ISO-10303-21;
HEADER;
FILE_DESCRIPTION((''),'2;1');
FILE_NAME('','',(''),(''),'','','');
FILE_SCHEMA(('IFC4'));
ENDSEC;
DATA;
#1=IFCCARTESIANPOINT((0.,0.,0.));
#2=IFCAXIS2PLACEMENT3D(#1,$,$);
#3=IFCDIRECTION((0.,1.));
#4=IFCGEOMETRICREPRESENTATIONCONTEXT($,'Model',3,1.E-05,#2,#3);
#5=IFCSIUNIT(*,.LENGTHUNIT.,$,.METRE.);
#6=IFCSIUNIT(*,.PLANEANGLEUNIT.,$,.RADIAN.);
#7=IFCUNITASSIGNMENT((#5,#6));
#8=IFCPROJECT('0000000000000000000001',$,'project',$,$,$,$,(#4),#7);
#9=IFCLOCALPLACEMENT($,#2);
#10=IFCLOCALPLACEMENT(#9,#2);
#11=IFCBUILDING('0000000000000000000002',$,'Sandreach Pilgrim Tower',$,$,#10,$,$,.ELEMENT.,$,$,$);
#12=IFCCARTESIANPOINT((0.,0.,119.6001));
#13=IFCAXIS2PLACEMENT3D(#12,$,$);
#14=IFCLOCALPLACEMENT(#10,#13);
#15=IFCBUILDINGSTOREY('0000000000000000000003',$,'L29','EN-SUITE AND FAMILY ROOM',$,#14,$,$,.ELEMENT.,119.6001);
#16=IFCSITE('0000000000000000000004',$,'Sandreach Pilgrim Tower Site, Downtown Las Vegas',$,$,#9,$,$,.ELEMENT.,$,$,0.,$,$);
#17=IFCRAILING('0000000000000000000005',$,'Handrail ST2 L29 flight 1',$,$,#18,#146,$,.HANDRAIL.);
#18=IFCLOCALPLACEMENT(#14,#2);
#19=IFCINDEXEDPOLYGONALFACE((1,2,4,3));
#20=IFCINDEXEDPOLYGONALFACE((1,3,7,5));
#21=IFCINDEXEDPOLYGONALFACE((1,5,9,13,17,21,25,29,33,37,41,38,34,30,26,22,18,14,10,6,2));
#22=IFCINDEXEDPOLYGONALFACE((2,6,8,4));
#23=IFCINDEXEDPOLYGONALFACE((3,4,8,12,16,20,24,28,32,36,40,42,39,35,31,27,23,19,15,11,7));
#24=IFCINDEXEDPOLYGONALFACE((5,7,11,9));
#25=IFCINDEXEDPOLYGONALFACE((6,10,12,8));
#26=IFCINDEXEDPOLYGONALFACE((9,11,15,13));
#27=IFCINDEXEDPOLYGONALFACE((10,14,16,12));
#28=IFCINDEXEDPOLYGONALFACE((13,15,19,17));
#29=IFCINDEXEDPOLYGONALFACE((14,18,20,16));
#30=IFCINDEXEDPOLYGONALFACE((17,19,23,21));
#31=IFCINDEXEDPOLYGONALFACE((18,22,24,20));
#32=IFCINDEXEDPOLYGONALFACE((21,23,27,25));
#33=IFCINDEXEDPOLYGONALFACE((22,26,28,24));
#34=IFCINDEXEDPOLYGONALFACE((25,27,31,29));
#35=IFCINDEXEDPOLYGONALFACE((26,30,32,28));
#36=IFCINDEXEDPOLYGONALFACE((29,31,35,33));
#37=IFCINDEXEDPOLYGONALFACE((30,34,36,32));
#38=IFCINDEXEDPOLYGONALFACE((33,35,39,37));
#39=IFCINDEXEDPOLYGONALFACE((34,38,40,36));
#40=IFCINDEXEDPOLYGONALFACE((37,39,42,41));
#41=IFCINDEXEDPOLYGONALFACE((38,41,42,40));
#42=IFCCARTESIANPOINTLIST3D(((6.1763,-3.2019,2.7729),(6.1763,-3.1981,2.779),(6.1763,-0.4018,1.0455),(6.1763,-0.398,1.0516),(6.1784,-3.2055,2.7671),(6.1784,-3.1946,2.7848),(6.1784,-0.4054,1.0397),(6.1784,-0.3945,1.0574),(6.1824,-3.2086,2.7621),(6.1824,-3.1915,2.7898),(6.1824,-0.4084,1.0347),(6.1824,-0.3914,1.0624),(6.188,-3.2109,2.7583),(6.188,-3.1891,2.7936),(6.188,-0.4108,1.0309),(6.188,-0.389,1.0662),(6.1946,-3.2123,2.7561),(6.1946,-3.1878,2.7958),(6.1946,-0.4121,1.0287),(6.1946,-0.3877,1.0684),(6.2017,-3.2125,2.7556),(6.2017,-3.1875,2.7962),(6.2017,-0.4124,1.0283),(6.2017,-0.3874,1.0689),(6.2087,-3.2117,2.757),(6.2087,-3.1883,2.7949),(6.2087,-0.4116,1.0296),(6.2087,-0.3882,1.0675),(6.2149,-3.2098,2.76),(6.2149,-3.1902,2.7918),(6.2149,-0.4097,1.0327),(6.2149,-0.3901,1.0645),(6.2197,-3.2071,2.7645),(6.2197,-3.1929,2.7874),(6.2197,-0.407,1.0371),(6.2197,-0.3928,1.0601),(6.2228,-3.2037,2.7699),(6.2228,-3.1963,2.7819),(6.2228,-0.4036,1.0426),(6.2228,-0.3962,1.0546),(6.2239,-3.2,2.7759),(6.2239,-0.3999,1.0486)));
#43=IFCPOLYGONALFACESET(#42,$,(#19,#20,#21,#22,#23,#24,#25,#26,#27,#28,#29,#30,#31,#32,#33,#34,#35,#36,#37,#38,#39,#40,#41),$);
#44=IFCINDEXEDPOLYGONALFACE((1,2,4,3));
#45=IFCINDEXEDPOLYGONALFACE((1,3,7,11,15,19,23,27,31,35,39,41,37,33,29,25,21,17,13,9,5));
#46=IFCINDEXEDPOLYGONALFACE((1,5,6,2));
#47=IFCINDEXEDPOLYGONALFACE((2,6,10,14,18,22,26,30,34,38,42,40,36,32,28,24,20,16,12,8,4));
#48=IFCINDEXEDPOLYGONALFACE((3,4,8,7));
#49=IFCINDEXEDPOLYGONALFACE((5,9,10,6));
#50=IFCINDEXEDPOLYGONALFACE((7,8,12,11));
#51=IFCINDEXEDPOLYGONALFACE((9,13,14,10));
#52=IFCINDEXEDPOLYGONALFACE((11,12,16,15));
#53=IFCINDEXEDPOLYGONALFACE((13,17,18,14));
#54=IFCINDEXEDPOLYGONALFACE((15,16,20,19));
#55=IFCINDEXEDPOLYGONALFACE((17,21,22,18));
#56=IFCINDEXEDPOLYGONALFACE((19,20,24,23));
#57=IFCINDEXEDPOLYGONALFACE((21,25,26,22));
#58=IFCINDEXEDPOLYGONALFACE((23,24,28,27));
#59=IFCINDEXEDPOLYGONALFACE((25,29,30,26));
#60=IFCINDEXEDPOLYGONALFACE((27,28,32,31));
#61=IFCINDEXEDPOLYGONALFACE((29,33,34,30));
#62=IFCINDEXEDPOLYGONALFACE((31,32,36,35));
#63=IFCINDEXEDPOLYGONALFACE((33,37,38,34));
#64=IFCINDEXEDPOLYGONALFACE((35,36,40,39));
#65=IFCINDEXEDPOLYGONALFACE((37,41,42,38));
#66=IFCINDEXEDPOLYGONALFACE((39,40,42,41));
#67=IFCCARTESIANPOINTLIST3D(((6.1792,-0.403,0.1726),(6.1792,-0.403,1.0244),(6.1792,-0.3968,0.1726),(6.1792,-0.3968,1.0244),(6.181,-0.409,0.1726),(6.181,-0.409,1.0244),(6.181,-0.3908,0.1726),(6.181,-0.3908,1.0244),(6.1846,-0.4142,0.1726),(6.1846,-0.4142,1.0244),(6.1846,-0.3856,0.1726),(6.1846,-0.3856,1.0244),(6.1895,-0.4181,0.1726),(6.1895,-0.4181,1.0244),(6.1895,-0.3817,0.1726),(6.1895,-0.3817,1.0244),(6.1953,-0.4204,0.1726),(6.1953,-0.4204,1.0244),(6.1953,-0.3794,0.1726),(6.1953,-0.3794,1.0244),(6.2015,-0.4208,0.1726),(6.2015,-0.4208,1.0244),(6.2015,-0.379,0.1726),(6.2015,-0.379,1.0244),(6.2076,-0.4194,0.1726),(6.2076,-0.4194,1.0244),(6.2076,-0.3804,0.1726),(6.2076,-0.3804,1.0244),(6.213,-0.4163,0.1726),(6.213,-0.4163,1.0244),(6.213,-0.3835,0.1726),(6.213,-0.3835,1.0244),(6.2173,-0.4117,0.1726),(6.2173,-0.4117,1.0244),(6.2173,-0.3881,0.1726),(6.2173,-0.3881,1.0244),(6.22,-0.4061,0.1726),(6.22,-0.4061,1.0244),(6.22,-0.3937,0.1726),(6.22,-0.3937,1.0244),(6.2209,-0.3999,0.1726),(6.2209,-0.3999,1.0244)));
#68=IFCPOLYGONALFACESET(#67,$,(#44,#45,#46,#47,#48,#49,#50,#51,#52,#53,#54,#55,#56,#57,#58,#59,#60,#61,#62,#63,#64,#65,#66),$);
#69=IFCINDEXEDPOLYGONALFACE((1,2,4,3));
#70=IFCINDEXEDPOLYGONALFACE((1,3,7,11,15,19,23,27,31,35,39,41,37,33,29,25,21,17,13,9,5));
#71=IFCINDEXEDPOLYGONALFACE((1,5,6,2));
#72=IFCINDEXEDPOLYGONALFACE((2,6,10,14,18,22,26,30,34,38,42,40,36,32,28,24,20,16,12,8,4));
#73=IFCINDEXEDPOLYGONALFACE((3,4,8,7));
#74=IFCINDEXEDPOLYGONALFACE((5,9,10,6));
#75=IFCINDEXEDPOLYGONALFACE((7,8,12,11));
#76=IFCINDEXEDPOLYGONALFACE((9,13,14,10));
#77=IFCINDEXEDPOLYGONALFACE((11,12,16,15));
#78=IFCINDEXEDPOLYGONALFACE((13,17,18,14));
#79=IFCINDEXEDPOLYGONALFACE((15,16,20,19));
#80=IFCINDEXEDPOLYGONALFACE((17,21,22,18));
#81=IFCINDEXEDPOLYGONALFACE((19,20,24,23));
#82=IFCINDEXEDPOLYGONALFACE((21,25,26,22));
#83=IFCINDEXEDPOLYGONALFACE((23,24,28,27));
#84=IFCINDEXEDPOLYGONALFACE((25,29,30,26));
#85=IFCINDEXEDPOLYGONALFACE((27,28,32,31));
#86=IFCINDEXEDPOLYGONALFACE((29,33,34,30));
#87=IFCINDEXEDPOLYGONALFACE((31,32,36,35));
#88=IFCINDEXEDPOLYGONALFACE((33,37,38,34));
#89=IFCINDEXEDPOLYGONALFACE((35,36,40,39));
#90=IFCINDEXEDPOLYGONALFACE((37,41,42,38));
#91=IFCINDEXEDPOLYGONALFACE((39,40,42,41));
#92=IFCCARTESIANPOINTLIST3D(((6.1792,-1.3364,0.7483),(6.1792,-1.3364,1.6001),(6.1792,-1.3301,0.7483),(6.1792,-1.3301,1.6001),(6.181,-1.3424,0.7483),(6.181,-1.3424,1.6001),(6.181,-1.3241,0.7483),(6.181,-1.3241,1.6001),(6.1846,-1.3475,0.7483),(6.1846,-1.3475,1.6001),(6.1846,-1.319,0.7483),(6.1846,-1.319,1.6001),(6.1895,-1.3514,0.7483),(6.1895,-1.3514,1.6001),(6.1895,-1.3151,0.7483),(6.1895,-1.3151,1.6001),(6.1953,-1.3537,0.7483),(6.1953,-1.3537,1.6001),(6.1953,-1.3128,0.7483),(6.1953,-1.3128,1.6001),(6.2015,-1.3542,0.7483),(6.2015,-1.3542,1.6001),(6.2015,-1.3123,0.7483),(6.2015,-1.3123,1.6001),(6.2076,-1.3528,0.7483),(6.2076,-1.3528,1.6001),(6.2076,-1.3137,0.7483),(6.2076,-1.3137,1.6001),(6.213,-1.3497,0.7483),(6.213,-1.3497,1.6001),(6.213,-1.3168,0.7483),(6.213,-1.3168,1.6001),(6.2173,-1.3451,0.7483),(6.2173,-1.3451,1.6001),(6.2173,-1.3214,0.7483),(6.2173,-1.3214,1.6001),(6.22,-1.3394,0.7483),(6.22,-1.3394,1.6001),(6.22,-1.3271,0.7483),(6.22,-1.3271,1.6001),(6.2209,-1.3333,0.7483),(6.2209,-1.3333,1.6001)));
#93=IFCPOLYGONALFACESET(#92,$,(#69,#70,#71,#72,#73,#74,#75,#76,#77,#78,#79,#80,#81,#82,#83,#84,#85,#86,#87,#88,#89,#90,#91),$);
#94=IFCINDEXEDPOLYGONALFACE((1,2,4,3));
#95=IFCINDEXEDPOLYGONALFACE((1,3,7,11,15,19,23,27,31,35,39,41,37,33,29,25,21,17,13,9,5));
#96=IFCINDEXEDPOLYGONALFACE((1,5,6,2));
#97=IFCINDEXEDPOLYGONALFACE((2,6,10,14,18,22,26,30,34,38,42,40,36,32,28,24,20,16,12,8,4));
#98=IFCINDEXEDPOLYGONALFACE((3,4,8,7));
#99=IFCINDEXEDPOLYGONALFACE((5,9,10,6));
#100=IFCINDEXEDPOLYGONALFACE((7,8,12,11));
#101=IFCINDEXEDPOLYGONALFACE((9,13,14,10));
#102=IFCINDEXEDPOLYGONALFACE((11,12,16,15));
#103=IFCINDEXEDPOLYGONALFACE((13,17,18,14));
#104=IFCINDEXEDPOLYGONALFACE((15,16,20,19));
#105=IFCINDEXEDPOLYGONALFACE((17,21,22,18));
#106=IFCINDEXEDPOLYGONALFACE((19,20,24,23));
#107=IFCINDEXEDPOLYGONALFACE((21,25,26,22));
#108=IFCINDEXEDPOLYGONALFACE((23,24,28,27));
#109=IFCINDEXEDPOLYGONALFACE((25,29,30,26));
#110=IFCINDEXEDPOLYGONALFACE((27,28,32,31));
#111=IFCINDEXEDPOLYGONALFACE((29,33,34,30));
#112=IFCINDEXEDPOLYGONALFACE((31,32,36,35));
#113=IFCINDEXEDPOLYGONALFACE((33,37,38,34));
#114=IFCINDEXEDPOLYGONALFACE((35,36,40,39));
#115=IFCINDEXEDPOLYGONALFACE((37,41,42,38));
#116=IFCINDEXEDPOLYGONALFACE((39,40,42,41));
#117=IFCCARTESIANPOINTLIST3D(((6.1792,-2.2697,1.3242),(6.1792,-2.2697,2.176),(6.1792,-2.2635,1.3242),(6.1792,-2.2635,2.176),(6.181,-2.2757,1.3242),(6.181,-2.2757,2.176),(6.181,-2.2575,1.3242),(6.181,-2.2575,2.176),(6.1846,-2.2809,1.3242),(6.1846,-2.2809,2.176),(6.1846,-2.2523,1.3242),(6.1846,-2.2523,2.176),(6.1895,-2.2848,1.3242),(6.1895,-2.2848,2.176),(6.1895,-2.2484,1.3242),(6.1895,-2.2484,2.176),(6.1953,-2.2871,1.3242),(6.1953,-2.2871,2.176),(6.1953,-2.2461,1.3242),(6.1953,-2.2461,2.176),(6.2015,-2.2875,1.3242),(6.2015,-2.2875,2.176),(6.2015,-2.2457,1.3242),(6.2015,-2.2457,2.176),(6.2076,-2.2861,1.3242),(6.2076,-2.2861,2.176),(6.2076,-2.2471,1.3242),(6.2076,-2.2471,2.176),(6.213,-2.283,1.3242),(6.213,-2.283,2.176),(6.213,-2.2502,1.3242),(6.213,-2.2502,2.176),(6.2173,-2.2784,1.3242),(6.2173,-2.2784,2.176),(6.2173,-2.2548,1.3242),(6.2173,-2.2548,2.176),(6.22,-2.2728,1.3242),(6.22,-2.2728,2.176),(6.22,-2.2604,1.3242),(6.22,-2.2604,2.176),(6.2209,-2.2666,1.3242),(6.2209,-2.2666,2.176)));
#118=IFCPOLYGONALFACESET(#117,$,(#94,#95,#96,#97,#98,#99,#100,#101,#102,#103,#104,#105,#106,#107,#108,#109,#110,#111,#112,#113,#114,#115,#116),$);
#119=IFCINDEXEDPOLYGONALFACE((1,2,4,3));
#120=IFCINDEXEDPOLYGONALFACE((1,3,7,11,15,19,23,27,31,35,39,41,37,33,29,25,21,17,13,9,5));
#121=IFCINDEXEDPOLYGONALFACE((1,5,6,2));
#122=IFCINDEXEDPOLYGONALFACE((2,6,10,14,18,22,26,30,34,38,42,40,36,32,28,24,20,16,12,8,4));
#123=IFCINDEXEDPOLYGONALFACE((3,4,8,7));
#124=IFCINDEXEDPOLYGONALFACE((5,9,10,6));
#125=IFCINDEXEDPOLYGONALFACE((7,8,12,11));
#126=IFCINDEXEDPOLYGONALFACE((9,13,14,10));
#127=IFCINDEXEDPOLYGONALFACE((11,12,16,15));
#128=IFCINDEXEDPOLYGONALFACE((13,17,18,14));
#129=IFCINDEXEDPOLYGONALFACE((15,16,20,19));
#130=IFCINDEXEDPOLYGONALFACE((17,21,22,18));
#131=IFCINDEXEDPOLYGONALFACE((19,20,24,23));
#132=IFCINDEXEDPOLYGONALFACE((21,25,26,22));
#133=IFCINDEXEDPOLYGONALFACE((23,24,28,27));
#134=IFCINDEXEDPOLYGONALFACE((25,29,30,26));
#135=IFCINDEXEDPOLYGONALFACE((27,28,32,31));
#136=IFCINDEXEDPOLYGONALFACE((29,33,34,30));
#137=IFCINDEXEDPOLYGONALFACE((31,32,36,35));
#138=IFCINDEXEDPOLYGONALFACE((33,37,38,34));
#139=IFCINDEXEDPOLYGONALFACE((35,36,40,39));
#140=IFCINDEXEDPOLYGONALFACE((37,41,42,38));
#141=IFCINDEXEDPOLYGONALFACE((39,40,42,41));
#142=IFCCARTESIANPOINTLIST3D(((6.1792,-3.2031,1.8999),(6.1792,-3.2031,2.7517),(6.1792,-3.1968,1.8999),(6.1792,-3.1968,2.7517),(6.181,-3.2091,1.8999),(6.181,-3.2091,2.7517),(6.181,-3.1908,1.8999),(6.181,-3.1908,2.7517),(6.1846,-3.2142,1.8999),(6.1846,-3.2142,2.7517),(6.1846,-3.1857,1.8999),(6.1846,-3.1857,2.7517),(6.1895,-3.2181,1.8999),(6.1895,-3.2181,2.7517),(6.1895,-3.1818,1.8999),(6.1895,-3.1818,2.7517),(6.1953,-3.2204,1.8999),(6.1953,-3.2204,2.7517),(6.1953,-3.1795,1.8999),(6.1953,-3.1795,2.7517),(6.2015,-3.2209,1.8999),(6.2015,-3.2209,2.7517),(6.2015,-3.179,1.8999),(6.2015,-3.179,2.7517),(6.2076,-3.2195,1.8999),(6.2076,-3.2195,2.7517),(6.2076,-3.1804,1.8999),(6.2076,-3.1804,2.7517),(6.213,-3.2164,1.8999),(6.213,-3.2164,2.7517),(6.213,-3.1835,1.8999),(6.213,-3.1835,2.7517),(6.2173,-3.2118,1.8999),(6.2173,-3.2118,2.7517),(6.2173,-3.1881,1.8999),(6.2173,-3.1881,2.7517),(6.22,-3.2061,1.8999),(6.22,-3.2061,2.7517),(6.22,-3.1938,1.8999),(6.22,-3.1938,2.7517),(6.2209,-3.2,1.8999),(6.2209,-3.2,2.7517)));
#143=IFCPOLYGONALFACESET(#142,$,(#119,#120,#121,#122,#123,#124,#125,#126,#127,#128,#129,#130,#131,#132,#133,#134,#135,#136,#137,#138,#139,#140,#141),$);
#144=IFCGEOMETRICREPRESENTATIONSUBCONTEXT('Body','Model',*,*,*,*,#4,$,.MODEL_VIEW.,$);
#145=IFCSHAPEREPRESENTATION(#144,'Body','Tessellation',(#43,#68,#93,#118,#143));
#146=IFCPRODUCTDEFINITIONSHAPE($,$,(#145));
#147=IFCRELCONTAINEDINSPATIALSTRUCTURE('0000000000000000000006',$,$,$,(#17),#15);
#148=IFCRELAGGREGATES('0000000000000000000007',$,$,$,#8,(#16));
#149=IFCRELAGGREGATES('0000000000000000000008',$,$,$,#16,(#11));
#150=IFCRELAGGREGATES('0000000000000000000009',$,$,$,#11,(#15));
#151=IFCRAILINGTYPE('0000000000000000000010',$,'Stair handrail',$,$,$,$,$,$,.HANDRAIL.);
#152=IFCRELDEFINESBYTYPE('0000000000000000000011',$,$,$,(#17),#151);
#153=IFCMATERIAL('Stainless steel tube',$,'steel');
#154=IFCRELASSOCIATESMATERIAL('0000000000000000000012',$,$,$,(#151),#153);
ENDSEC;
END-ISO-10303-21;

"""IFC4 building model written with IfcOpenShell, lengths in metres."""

from ifc_helpers import new_model, si_unit, direction, frame, origin, origin_2d, place, context, subcontext, project, spatial, circle, extrude, material, type_object, element, save


model = new_model("IFC4")

# Units and contexts
model_context = context("Model", 3, precision=1e-05, world=origin(), true_north=direction((0.0, 1.0)))
body_context = subcontext(model_context, "Body", "Model", "MODEL_VIEW")
ifc_project = project(units=[si_unit("LENGTHUNIT", "METRE"), si_unit("PLANEANGLEUNIT", "RADIAN")], contexts=[model_context])

# Site, building, storey
site_placement = place(None, origin())
site = spatial("IfcSite", under=ifc_project, at=site_placement, Name="Sandreach Pilgrim Tower Site, Downtown Las Vegas", CompositionType="ELEMENT", RefElevation=0.0)
building_placement = place(site_placement, origin())
building = spatial("IfcBuilding", under=site, at=building_placement, Name="Sandreach Pilgrim Tower", CompositionType="ELEMENT")
storey_placement = place(building_placement, frame((0.0, 0.0, 119.6001)))
storey = spatial("IfcBuildingStorey", under=building, at=storey_placement, Name="L29", Description="EN-SUITE AND FAMILY ROOM", CompositionType="ELEMENT", Elevation=119.6001)

# Railing
ifc_material_1 = material(Name="Stainless steel tube", Category="steel")
railing_type = type_object("IfcRailingType", Name="Stair handrail", PredefinedType="HANDRAIL", material=ifc_material_1)
for number, where, name in (
    (1, (6.2, -0.3999, 0.1726), "Handrail ST2 L29 flight 1"),
):
    element("IfcRailing", number, at=place(storey_placement, frame(where)), inside=storey, type_object=railing_type, Name=name, PredefinedType="HANDRAIL", context=body_context, shape_type="SweptSolid", body=[
        extrude(circle(Radius=0.0239, at=origin_2d()), frame((0.0, 0.0, 0.876), z_axis=(0.0, -0.85109, 0.52502), x_axis=(1.0, 0.0, 0.0)), (0.0, 0.0, 1.0), 3.29),
        extrude(circle(Radius=0.021, at=origin_2d()), origin(), (0.0, 0.0, 1.0), 0.8518),
        extrude(circle(Radius=0.021, at=origin_2d()), frame((0.0, -0.9333, 0.5757)), (0.0, 0.0, 1.0), 0.8518),
        extrude(circle(Radius=0.021, at=origin_2d()), frame((0.0, -1.8667, 1.1516)), (0.0, 0.0, 1.0), 0.8518),
        extrude(circle(Radius=0.021, at=origin_2d()), frame((0.0, -2.8, 1.7273)), (0.0, 0.0, 1.0), 0.8518),
    ])

save(model, "model.ifc")
